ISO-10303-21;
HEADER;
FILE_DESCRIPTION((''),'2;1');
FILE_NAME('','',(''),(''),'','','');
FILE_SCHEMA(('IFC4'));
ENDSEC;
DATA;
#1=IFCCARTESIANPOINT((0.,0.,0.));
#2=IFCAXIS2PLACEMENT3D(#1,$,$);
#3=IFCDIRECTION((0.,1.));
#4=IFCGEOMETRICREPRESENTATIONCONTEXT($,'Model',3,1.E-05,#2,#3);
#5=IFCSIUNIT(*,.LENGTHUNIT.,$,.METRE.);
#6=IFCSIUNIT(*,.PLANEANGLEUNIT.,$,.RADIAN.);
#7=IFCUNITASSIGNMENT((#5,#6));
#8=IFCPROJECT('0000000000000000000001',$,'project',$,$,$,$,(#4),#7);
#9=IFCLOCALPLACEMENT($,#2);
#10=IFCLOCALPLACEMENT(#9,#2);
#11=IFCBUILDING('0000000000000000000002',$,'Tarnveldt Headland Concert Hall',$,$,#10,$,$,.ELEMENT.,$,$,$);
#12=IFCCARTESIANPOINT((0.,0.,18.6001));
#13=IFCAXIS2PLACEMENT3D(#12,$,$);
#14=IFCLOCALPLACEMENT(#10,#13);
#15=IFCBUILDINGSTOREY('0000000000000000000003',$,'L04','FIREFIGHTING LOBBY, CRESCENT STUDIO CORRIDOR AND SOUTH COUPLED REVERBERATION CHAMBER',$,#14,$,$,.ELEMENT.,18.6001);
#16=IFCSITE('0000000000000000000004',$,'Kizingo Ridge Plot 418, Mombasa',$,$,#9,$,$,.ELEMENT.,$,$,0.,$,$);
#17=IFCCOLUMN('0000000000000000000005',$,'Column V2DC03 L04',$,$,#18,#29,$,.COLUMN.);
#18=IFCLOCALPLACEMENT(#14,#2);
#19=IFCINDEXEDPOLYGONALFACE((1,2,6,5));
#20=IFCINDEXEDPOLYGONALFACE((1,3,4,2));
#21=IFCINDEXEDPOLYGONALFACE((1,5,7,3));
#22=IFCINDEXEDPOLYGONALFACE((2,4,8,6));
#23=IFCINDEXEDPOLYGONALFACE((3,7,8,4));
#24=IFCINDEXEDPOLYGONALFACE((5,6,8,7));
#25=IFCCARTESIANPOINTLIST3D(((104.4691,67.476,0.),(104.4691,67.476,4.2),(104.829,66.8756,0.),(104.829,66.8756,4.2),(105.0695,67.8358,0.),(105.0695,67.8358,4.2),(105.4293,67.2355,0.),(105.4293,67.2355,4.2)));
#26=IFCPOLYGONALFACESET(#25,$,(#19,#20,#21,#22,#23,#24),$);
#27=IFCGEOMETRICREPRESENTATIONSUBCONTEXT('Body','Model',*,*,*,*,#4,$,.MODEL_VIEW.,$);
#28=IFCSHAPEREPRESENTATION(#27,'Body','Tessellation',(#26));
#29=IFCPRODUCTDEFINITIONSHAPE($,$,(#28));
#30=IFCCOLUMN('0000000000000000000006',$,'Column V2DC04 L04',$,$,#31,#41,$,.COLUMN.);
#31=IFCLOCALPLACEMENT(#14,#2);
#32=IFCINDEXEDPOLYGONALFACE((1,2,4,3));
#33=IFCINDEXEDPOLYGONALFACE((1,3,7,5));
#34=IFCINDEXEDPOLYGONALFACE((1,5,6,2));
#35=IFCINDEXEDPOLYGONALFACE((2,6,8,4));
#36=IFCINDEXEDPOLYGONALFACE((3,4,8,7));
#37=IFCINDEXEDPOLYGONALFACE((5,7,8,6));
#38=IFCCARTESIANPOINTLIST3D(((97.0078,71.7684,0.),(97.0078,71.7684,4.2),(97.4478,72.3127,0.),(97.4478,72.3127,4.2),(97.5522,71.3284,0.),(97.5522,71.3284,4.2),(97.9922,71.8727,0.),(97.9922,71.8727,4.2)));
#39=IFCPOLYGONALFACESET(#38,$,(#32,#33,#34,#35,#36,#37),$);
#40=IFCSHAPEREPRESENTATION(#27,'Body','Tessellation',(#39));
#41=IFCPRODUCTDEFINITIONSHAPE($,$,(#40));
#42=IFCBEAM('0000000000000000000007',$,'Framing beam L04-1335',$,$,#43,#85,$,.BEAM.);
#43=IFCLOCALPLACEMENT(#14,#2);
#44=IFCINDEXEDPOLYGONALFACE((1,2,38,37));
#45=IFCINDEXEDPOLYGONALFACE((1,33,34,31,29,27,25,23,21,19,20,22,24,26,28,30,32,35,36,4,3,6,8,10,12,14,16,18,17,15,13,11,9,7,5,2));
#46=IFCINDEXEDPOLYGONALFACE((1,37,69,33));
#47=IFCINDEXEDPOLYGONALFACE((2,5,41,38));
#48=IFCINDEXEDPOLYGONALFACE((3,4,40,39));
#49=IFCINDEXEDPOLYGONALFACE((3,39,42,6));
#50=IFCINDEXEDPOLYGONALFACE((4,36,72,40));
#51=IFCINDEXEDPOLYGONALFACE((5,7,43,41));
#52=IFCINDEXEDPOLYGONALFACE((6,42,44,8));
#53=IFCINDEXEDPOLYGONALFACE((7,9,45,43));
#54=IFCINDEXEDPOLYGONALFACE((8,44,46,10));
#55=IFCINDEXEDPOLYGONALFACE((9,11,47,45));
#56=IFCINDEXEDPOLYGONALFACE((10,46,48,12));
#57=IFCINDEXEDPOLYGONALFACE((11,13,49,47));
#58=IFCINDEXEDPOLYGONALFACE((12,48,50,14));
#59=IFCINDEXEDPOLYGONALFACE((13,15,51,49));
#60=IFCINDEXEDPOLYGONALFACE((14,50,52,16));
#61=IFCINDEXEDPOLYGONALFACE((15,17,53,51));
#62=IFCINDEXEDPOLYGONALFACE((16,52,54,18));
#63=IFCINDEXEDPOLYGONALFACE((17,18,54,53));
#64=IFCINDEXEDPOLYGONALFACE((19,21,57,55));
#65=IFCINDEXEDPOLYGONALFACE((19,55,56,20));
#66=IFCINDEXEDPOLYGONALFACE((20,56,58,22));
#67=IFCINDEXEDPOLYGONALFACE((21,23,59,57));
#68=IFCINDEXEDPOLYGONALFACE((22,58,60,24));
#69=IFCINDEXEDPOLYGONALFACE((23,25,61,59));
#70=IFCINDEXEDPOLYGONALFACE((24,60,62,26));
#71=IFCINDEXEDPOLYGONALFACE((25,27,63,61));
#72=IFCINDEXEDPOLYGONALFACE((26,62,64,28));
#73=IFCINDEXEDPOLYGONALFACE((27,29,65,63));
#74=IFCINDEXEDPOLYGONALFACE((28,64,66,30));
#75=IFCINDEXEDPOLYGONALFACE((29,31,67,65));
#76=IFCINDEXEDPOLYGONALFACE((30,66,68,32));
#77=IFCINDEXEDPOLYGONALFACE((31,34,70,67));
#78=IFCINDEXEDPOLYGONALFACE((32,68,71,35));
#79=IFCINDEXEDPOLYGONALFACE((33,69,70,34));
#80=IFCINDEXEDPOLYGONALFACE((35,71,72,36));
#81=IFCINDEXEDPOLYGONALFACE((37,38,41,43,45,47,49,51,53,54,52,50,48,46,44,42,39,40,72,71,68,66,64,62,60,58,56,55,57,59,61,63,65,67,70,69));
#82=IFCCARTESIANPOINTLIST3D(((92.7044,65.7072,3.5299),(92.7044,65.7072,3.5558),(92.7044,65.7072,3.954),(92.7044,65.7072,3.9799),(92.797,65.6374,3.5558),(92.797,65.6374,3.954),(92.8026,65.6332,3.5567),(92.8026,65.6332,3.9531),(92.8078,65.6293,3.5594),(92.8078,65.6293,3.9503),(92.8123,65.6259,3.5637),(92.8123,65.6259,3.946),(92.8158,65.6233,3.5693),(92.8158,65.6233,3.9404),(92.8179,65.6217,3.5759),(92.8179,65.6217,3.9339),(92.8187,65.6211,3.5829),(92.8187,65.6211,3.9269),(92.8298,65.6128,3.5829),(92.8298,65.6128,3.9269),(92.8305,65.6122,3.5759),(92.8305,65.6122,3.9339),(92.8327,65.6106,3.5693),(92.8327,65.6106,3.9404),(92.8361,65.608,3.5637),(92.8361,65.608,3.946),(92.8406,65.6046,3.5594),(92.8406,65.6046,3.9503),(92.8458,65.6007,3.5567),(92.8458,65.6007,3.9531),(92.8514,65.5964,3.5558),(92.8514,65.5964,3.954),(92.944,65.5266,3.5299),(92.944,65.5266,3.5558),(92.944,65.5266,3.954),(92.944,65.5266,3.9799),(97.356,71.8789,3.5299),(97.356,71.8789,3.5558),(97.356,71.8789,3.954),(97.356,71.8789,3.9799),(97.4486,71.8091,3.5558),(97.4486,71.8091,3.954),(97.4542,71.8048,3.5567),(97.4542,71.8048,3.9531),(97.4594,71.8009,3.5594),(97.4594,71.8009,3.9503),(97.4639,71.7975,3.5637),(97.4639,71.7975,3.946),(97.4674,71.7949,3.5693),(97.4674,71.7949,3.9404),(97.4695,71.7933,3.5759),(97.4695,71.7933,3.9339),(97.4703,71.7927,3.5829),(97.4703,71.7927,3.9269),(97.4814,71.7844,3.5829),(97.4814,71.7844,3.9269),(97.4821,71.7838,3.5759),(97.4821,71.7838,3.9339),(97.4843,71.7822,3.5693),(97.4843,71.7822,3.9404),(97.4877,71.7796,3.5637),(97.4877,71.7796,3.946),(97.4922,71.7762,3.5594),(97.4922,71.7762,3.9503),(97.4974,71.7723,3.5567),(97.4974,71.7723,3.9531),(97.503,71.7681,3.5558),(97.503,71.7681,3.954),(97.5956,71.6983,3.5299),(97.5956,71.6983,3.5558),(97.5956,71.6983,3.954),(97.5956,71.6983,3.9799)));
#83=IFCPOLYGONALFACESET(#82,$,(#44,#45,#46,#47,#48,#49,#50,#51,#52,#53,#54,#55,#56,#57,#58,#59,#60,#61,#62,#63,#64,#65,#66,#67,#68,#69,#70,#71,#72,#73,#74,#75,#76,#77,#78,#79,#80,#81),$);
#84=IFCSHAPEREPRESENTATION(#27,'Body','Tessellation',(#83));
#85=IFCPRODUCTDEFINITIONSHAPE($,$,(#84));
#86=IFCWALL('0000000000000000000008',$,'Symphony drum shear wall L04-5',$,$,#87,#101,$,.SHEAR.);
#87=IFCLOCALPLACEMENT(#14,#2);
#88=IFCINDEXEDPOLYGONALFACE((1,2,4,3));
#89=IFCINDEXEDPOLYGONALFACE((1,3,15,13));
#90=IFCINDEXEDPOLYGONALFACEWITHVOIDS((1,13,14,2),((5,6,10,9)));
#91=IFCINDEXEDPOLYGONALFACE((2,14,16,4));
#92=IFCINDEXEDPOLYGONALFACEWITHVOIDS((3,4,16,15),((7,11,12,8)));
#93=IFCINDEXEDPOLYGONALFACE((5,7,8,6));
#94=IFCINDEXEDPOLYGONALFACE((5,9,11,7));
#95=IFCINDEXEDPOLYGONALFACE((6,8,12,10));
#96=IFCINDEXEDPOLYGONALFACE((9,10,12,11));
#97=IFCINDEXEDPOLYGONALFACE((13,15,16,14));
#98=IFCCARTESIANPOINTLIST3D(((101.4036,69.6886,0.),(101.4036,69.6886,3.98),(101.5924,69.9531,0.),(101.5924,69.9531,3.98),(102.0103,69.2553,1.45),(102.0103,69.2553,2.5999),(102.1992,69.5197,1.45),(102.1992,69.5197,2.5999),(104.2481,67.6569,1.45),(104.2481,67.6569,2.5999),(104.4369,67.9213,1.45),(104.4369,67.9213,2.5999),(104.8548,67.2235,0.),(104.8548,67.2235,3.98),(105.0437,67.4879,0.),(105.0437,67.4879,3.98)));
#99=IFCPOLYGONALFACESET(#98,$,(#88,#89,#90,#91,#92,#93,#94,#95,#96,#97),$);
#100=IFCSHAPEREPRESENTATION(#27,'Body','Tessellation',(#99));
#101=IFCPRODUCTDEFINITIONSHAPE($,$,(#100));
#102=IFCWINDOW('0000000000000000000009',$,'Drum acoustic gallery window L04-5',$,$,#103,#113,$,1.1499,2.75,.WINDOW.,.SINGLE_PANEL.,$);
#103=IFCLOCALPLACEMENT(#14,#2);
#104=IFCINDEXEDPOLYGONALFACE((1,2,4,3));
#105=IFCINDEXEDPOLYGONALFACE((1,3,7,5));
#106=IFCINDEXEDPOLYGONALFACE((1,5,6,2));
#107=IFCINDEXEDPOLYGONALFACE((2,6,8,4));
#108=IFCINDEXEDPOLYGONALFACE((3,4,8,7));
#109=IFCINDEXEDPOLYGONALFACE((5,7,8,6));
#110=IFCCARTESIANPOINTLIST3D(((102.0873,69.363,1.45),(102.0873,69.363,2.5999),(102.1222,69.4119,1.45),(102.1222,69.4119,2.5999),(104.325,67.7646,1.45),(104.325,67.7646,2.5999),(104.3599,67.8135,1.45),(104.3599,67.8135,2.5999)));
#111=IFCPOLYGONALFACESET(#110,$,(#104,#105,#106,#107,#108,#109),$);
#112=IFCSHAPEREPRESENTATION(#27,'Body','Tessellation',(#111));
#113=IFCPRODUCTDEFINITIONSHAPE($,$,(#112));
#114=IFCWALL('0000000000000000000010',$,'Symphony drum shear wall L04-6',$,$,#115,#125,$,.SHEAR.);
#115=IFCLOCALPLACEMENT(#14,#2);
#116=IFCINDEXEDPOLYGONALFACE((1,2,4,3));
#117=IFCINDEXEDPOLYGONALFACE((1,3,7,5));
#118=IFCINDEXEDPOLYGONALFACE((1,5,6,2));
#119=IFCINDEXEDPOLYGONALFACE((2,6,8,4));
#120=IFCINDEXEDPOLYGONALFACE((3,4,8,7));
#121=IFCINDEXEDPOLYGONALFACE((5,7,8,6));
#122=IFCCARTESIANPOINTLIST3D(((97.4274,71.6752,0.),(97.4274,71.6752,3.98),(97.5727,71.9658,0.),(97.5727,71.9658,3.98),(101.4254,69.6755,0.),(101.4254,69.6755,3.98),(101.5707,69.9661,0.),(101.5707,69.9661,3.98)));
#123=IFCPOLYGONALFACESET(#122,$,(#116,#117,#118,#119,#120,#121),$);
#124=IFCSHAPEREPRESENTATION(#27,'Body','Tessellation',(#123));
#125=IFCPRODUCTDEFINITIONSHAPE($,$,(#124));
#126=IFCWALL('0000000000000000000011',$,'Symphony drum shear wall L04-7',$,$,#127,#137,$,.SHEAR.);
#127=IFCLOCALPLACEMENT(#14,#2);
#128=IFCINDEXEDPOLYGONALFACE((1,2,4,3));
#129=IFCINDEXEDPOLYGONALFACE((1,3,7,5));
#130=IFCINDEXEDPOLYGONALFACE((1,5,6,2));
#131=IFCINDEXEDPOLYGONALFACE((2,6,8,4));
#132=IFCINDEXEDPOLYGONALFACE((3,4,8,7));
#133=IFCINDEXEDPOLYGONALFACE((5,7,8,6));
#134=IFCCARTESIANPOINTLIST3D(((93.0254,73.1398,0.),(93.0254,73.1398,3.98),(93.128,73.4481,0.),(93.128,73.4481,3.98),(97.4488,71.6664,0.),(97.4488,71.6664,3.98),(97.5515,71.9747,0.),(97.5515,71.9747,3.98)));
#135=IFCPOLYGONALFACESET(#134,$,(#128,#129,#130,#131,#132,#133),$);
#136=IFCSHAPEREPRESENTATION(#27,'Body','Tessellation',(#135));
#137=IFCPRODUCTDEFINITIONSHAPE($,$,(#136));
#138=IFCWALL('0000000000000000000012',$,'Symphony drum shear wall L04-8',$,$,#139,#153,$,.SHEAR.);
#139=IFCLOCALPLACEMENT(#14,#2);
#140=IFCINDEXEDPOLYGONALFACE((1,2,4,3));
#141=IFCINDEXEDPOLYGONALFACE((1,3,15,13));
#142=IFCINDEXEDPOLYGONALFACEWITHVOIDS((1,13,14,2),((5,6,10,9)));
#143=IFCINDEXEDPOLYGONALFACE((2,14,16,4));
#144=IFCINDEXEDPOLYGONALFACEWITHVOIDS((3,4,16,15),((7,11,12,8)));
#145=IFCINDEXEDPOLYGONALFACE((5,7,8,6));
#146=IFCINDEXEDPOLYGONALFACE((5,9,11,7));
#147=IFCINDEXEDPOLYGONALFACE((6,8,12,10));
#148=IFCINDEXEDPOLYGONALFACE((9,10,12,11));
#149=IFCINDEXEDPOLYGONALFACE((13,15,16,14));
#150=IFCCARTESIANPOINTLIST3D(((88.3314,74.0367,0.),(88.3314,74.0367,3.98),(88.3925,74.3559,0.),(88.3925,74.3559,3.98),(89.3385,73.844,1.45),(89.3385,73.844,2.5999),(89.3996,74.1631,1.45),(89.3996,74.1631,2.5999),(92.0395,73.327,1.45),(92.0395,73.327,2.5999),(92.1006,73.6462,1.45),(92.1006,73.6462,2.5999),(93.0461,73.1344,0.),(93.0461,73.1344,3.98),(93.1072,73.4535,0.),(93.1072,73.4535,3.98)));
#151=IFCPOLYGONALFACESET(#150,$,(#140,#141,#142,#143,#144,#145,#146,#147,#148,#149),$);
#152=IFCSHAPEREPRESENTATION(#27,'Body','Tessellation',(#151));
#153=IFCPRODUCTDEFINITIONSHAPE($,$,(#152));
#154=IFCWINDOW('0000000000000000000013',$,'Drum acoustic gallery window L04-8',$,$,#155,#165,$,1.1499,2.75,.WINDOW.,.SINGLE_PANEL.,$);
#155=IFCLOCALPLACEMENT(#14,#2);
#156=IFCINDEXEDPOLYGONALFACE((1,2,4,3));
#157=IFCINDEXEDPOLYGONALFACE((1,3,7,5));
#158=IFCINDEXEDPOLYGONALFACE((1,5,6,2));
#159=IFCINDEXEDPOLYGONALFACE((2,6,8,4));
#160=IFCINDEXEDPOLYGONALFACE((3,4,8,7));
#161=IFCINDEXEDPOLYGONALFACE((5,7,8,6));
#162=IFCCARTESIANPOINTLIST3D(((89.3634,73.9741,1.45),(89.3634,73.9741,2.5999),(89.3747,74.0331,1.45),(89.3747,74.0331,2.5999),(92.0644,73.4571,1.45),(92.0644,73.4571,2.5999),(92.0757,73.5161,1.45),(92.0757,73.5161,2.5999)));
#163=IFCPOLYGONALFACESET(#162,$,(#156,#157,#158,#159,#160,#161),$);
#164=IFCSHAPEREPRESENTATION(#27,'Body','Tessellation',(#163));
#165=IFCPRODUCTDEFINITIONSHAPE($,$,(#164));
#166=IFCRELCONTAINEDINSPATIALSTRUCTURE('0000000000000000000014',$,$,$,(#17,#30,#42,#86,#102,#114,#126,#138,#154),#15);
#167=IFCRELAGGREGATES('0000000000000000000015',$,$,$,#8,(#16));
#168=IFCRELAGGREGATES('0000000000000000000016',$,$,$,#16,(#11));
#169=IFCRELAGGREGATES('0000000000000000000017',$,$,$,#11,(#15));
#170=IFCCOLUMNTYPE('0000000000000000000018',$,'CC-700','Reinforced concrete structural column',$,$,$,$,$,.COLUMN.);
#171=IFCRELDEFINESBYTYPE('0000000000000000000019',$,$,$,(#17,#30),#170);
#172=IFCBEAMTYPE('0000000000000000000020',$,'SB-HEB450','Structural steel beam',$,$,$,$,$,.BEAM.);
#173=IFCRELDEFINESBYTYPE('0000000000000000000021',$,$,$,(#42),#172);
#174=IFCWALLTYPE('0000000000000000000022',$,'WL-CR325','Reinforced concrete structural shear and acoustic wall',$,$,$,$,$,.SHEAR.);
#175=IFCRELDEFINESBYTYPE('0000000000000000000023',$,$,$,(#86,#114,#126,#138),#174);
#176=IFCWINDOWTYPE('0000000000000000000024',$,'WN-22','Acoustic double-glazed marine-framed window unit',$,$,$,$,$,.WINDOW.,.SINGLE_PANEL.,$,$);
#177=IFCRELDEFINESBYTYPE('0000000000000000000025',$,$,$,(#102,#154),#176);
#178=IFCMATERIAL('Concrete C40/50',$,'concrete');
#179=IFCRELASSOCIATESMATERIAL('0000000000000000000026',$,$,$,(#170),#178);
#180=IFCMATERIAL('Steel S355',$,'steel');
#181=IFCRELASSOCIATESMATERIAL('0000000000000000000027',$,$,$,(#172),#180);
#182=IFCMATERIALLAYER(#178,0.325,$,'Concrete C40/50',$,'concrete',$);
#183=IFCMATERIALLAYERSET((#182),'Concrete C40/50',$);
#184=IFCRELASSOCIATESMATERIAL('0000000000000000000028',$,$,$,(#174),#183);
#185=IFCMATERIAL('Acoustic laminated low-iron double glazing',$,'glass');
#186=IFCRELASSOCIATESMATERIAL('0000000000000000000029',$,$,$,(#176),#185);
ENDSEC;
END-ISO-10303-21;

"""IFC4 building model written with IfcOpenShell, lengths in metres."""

from ifc_helpers import new_model, si_unit, direction, frame, frame_2d, origin, origin_2d, place, context, subcontext, project, spatial, rectangle, i_section, extrude, material, layer, layer_set, material_profile, profile_set, type_object, element, fill, save


model = new_model("IFC4")

# Units and contexts
model_context = context("Model", 3, precision=1e-05, world=origin(), true_north=direction((0.0, 1.0)))
body_context = subcontext(model_context, "Body", "Model", "MODEL_VIEW")
ifc_project = project(units=[si_unit("LENGTHUNIT", "METRE"), si_unit("PLANEANGLEUNIT", "RADIAN")], contexts=[model_context])

# Site, building, storey
site_placement = place(None, origin())
site = spatial("IfcSite", under=ifc_project, at=site_placement, Name="Kizingo Ridge Plot 418, Mombasa", CompositionType="ELEMENT", RefElevation=0.0)
building_placement = place(site_placement, origin())
building = spatial("IfcBuilding", under=site, at=building_placement, Name="Tarnveldt Headland Concert Hall", CompositionType="ELEMENT")
storey_placement = place(building_placement, frame((0.0, 0.0, 18.6001)))
storey = spatial("IfcBuildingStorey", under=building, at=storey_placement, Name="L04", Description="FIREFIGHTING LOBBY, CRESCENT STUDIO CORRIDOR AND SOUTH COUPLED REVERBERATION CHAMBER", CompositionType="ELEMENT", Elevation=18.6001)

# Columns
ifc_material_1 = material(Name="Concrete C40/50", Category="concrete")
ifc_material_profile_1 = material_profile(ifc_material_1, rectangle(XDim=0.7, YDim=0.7, at=origin_2d()), Name="RC 700x700", Category="concrete")
ifc_profile_set_1 = profile_set([ifc_material_profile_1], Name="Concrete C40/50")
column_type_1 = type_object("IfcColumnType", Name="CC-700", Description="Reinforced concrete structural column", PredefinedType="COLUMN", material=ifc_profile_set_1)
for number, where, z_axis, x_axis, name in (
    (1, (104.9492, 67.3557, 0.0), (0.0, 0.0, 1.0), (0.857706, 0.51414, 0.0), "Column V2DC03 L04"),
    (2, (97.5, 71.8206, 0.0), (0.0, 0.0, 1.0), (0.628642, 0.777695, 0.0), "Column V2DC04 L04"),
):
    element("IfcColumn", number, at=place(storey_placement, frame(where, z_axis=z_axis, x_axis=x_axis)), inside=storey, type_object=column_type_1, Name=name, PredefinedType="COLUMN", context=body_context, shape_type="SweptSolid", body=[
        extrude(rectangle(XDim=0.7, YDim=0.7, at=origin_2d()), origin(), (0.0, 0.0, 1.0), 4.2),
    ])

# Beam
ifc_material_2 = material(Name="Steel S355", Category="steel")
ifc_material_profile_2 = material_profile(ifc_material_2, i_section(OverallWidth=0.3, OverallDepth=0.45, WebThickness=0.0139, FlangeThickness=0.0259, FilletRadius=0.0271, at=origin_2d()), Name="HEB450", Category="steel")
ifc_profile_set_2 = profile_set([ifc_material_profile_2], Name="Steel S355")
beam_type = type_object("IfcBeamType", Name="SB-HEB450", Description="Structural steel beam", PredefinedType="BEAM", material=ifc_profile_set_2)
beam_placement = place(storey_placement, frame((92.8242, 65.6169, 3.7549), z_axis=(0.601894, 0.798576, 0.0), x_axis=(-0.798576, 0.601894, 0.0)))
element("IfcBeam", 3, at=beam_placement, inside=storey, type_object=beam_type, Name="Framing beam L04-1335", PredefinedType="BEAM", context=body_context, shape_type="SweptSolid", body=[
    extrude(i_section(OverallWidth=0.3, OverallDepth=0.45, WebThickness=0.0139, FlangeThickness=0.0259, FilletRadius=0.0271, at=origin_2d()), origin(), (0.0, 0.0, 1.0), 7.7283),
])

# Wall, opening, window
ifc_layer_1 = layer(ifc_material_1, 0.325, Name="Concrete C40/50", Category="concrete")
ifc_layer_set_1 = layer_set([ifc_layer_1], Name="Concrete C40/50")
wall_type_1 = type_object("IfcWallType", Name="WL-CR325", Description="Reinforced concrete structural shear and acoustic wall", PredefinedType="SHEAR", material=ifc_layer_set_1)
wall_1_placement = place(storey_placement, frame((104.9492, 67.3557, 0.0), z_axis=(0.0, 0.0, 1.0), x_axis=(-0.813737, 0.581233, 0.0)))
wall_1 = element("IfcWall", 4, at=wall_1_placement, inside=storey, type_object=wall_type_1, Name="Symphony drum shear wall L04-5", PredefinedType="SHEAR", context=body_context, shape_type="SweptSolid", body=[
    extrude(rectangle(XDim=4.2412, YDim=0.325, at=frame_2d((2.1206, 0.0))), origin(), (0.0, 0.0, 1.0), 3.98),
])
opening_1_placement = place(wall_1_placement, frame((0.7456, 0.0, 1.45)))
opening_1 = element("IfcOpeningElement", 5, at=opening_1_placement, cuts=wall_1, PredefinedType="OPENING", context=body_context, shape_type="SweptSolid", body=[
    extrude(rectangle(XDim=2.75, YDim=1.1499, at=frame_2d((1.375, 0.575))), frame((0.0, 0.1724, 0.0), z_axis=(0.0, -1.0, 0.0), x_axis=(1.0, 0.0, 0.0)), (0.0, 0.0, 1.0), 0.345),
])
ifc_material_3 = material(Name="Acoustic laminated low-iron double glazing", Category="glass")
window_type = type_object("IfcWindowType", Name="WN-22", Description="Acoustic double-glazed marine-framed window unit", PartitioningType="SINGLE_PANEL", PredefinedType="WINDOW", material=ifc_material_3)
window_1_placement = place(opening_1_placement, origin())
window_1 = element("IfcWindow", 6, at=window_1_placement, inside=storey, type_object=window_type, Name="Drum acoustic gallery window L04-5", OverallHeight=1.1499, OverallWidth=2.75, PartitioningType="SINGLE_PANEL", PredefinedType="WINDOW", context=body_context, shape_type="SweptSolid", body=[
    extrude(rectangle(XDim=2.75, YDim=1.1499, at=frame_2d((1.375, 0.575))), frame((0.0, 0.03, 0.0), z_axis=(0.0, -1.0, 0.0), x_axis=(1.0, 0.0, 0.0)), (0.0, 0.0, 1.0), 0.0601),
])
fill(opening_1, window_1)

# Walls
wall_2_placement = place(storey_placement, frame((101.498, 69.8208, 0.0), z_axis=(0.0, 0.0, 1.0), x_axis=(-0.894362, 0.447345, 0.0)))
element("IfcWall", 7, at=wall_2_placement, inside=storey, type_object=wall_type_1, Name="Symphony drum shear wall L04-6", PredefinedType="SHEAR", context=body_context, shape_type="SweptSolid", body=[
    extrude(rectangle(XDim=4.4702, YDim=0.325, at=frame_2d((2.2351, 0.0))), origin(), (0.0, 0.0, 1.0), 3.98),
])
wall_3_placement = place(storey_placement, frame((97.5, 71.8206, 0.0), z_axis=(0.0, 0.0, 1.0), x_axis=(-0.948751, 0.316024, 0.0)))
element("IfcWall", 8, at=wall_3_placement, inside=storey, type_object=wall_type_1, Name="Symphony drum shear wall L04-7", PredefinedType="SHEAR", context=body_context, shape_type="SweptSolid", body=[
    extrude(rectangle(XDim=4.6624, YDim=0.325, at=frame_2d((2.3311, 0.0))), origin(), (0.0, 0.0, 1.0), 3.98),
])

# Wall, opening, window
wall_4_placement = place(storey_placement, frame((93.0767, 73.2939, 0.0), z_axis=(0.0, 0.0, 1.0), x_axis=(-0.982173, 0.187981, 0.0)))
wall_4 = element("IfcWall", 9, at=wall_4_placement, inside=storey, type_object=wall_type_1, Name="Symphony drum shear wall L04-8", PredefinedType="SHEAR", context=body_context, shape_type="SweptSolid", body=[
    extrude(rectangle(XDim=4.8003, YDim=0.325, at=frame_2d((2.4001, 0.0))), origin(), (0.0, 0.0, 1.0), 3.98),
])
opening_2_placement = place(wall_4_placement, frame((1.0249, 0.0, 1.45)))
opening_2 = element("IfcOpeningElement", 10, at=opening_2_placement, cuts=wall_4, PredefinedType="OPENING", context=body_context, shape_type="SweptSolid", body=[
    extrude(rectangle(XDim=2.75, YDim=1.1499, at=frame_2d((1.375, 0.575))), frame((0.0, 0.1724, 0.0), z_axis=(0.0, -1.0, 0.0), x_axis=(1.0, 0.0, 0.0)), (0.0, 0.0, 1.0), 0.345),
])
window_2_placement = place(opening_2_placement, origin())
window_2 = element("IfcWindow", 11, at=window_2_placement, inside=storey, type_object=window_type, Name="Drum acoustic gallery window L04-8", OverallHeight=1.1499, OverallWidth=2.75, PartitioningType="SINGLE_PANEL", PredefinedType="WINDOW", context=body_context, shape_type="SweptSolid", body=[
    extrude(rectangle(XDim=2.75, YDim=1.1499, at=frame_2d((1.375, 0.575))), frame((0.0, 0.03, 0.0), z_axis=(0.0, -1.0, 0.0), x_axis=(1.0, 0.0, 0.0)), (0.0, 0.0, 1.0), 0.0601),
])
fill(opening_2, window_2)

save(model, "model.ifc")
